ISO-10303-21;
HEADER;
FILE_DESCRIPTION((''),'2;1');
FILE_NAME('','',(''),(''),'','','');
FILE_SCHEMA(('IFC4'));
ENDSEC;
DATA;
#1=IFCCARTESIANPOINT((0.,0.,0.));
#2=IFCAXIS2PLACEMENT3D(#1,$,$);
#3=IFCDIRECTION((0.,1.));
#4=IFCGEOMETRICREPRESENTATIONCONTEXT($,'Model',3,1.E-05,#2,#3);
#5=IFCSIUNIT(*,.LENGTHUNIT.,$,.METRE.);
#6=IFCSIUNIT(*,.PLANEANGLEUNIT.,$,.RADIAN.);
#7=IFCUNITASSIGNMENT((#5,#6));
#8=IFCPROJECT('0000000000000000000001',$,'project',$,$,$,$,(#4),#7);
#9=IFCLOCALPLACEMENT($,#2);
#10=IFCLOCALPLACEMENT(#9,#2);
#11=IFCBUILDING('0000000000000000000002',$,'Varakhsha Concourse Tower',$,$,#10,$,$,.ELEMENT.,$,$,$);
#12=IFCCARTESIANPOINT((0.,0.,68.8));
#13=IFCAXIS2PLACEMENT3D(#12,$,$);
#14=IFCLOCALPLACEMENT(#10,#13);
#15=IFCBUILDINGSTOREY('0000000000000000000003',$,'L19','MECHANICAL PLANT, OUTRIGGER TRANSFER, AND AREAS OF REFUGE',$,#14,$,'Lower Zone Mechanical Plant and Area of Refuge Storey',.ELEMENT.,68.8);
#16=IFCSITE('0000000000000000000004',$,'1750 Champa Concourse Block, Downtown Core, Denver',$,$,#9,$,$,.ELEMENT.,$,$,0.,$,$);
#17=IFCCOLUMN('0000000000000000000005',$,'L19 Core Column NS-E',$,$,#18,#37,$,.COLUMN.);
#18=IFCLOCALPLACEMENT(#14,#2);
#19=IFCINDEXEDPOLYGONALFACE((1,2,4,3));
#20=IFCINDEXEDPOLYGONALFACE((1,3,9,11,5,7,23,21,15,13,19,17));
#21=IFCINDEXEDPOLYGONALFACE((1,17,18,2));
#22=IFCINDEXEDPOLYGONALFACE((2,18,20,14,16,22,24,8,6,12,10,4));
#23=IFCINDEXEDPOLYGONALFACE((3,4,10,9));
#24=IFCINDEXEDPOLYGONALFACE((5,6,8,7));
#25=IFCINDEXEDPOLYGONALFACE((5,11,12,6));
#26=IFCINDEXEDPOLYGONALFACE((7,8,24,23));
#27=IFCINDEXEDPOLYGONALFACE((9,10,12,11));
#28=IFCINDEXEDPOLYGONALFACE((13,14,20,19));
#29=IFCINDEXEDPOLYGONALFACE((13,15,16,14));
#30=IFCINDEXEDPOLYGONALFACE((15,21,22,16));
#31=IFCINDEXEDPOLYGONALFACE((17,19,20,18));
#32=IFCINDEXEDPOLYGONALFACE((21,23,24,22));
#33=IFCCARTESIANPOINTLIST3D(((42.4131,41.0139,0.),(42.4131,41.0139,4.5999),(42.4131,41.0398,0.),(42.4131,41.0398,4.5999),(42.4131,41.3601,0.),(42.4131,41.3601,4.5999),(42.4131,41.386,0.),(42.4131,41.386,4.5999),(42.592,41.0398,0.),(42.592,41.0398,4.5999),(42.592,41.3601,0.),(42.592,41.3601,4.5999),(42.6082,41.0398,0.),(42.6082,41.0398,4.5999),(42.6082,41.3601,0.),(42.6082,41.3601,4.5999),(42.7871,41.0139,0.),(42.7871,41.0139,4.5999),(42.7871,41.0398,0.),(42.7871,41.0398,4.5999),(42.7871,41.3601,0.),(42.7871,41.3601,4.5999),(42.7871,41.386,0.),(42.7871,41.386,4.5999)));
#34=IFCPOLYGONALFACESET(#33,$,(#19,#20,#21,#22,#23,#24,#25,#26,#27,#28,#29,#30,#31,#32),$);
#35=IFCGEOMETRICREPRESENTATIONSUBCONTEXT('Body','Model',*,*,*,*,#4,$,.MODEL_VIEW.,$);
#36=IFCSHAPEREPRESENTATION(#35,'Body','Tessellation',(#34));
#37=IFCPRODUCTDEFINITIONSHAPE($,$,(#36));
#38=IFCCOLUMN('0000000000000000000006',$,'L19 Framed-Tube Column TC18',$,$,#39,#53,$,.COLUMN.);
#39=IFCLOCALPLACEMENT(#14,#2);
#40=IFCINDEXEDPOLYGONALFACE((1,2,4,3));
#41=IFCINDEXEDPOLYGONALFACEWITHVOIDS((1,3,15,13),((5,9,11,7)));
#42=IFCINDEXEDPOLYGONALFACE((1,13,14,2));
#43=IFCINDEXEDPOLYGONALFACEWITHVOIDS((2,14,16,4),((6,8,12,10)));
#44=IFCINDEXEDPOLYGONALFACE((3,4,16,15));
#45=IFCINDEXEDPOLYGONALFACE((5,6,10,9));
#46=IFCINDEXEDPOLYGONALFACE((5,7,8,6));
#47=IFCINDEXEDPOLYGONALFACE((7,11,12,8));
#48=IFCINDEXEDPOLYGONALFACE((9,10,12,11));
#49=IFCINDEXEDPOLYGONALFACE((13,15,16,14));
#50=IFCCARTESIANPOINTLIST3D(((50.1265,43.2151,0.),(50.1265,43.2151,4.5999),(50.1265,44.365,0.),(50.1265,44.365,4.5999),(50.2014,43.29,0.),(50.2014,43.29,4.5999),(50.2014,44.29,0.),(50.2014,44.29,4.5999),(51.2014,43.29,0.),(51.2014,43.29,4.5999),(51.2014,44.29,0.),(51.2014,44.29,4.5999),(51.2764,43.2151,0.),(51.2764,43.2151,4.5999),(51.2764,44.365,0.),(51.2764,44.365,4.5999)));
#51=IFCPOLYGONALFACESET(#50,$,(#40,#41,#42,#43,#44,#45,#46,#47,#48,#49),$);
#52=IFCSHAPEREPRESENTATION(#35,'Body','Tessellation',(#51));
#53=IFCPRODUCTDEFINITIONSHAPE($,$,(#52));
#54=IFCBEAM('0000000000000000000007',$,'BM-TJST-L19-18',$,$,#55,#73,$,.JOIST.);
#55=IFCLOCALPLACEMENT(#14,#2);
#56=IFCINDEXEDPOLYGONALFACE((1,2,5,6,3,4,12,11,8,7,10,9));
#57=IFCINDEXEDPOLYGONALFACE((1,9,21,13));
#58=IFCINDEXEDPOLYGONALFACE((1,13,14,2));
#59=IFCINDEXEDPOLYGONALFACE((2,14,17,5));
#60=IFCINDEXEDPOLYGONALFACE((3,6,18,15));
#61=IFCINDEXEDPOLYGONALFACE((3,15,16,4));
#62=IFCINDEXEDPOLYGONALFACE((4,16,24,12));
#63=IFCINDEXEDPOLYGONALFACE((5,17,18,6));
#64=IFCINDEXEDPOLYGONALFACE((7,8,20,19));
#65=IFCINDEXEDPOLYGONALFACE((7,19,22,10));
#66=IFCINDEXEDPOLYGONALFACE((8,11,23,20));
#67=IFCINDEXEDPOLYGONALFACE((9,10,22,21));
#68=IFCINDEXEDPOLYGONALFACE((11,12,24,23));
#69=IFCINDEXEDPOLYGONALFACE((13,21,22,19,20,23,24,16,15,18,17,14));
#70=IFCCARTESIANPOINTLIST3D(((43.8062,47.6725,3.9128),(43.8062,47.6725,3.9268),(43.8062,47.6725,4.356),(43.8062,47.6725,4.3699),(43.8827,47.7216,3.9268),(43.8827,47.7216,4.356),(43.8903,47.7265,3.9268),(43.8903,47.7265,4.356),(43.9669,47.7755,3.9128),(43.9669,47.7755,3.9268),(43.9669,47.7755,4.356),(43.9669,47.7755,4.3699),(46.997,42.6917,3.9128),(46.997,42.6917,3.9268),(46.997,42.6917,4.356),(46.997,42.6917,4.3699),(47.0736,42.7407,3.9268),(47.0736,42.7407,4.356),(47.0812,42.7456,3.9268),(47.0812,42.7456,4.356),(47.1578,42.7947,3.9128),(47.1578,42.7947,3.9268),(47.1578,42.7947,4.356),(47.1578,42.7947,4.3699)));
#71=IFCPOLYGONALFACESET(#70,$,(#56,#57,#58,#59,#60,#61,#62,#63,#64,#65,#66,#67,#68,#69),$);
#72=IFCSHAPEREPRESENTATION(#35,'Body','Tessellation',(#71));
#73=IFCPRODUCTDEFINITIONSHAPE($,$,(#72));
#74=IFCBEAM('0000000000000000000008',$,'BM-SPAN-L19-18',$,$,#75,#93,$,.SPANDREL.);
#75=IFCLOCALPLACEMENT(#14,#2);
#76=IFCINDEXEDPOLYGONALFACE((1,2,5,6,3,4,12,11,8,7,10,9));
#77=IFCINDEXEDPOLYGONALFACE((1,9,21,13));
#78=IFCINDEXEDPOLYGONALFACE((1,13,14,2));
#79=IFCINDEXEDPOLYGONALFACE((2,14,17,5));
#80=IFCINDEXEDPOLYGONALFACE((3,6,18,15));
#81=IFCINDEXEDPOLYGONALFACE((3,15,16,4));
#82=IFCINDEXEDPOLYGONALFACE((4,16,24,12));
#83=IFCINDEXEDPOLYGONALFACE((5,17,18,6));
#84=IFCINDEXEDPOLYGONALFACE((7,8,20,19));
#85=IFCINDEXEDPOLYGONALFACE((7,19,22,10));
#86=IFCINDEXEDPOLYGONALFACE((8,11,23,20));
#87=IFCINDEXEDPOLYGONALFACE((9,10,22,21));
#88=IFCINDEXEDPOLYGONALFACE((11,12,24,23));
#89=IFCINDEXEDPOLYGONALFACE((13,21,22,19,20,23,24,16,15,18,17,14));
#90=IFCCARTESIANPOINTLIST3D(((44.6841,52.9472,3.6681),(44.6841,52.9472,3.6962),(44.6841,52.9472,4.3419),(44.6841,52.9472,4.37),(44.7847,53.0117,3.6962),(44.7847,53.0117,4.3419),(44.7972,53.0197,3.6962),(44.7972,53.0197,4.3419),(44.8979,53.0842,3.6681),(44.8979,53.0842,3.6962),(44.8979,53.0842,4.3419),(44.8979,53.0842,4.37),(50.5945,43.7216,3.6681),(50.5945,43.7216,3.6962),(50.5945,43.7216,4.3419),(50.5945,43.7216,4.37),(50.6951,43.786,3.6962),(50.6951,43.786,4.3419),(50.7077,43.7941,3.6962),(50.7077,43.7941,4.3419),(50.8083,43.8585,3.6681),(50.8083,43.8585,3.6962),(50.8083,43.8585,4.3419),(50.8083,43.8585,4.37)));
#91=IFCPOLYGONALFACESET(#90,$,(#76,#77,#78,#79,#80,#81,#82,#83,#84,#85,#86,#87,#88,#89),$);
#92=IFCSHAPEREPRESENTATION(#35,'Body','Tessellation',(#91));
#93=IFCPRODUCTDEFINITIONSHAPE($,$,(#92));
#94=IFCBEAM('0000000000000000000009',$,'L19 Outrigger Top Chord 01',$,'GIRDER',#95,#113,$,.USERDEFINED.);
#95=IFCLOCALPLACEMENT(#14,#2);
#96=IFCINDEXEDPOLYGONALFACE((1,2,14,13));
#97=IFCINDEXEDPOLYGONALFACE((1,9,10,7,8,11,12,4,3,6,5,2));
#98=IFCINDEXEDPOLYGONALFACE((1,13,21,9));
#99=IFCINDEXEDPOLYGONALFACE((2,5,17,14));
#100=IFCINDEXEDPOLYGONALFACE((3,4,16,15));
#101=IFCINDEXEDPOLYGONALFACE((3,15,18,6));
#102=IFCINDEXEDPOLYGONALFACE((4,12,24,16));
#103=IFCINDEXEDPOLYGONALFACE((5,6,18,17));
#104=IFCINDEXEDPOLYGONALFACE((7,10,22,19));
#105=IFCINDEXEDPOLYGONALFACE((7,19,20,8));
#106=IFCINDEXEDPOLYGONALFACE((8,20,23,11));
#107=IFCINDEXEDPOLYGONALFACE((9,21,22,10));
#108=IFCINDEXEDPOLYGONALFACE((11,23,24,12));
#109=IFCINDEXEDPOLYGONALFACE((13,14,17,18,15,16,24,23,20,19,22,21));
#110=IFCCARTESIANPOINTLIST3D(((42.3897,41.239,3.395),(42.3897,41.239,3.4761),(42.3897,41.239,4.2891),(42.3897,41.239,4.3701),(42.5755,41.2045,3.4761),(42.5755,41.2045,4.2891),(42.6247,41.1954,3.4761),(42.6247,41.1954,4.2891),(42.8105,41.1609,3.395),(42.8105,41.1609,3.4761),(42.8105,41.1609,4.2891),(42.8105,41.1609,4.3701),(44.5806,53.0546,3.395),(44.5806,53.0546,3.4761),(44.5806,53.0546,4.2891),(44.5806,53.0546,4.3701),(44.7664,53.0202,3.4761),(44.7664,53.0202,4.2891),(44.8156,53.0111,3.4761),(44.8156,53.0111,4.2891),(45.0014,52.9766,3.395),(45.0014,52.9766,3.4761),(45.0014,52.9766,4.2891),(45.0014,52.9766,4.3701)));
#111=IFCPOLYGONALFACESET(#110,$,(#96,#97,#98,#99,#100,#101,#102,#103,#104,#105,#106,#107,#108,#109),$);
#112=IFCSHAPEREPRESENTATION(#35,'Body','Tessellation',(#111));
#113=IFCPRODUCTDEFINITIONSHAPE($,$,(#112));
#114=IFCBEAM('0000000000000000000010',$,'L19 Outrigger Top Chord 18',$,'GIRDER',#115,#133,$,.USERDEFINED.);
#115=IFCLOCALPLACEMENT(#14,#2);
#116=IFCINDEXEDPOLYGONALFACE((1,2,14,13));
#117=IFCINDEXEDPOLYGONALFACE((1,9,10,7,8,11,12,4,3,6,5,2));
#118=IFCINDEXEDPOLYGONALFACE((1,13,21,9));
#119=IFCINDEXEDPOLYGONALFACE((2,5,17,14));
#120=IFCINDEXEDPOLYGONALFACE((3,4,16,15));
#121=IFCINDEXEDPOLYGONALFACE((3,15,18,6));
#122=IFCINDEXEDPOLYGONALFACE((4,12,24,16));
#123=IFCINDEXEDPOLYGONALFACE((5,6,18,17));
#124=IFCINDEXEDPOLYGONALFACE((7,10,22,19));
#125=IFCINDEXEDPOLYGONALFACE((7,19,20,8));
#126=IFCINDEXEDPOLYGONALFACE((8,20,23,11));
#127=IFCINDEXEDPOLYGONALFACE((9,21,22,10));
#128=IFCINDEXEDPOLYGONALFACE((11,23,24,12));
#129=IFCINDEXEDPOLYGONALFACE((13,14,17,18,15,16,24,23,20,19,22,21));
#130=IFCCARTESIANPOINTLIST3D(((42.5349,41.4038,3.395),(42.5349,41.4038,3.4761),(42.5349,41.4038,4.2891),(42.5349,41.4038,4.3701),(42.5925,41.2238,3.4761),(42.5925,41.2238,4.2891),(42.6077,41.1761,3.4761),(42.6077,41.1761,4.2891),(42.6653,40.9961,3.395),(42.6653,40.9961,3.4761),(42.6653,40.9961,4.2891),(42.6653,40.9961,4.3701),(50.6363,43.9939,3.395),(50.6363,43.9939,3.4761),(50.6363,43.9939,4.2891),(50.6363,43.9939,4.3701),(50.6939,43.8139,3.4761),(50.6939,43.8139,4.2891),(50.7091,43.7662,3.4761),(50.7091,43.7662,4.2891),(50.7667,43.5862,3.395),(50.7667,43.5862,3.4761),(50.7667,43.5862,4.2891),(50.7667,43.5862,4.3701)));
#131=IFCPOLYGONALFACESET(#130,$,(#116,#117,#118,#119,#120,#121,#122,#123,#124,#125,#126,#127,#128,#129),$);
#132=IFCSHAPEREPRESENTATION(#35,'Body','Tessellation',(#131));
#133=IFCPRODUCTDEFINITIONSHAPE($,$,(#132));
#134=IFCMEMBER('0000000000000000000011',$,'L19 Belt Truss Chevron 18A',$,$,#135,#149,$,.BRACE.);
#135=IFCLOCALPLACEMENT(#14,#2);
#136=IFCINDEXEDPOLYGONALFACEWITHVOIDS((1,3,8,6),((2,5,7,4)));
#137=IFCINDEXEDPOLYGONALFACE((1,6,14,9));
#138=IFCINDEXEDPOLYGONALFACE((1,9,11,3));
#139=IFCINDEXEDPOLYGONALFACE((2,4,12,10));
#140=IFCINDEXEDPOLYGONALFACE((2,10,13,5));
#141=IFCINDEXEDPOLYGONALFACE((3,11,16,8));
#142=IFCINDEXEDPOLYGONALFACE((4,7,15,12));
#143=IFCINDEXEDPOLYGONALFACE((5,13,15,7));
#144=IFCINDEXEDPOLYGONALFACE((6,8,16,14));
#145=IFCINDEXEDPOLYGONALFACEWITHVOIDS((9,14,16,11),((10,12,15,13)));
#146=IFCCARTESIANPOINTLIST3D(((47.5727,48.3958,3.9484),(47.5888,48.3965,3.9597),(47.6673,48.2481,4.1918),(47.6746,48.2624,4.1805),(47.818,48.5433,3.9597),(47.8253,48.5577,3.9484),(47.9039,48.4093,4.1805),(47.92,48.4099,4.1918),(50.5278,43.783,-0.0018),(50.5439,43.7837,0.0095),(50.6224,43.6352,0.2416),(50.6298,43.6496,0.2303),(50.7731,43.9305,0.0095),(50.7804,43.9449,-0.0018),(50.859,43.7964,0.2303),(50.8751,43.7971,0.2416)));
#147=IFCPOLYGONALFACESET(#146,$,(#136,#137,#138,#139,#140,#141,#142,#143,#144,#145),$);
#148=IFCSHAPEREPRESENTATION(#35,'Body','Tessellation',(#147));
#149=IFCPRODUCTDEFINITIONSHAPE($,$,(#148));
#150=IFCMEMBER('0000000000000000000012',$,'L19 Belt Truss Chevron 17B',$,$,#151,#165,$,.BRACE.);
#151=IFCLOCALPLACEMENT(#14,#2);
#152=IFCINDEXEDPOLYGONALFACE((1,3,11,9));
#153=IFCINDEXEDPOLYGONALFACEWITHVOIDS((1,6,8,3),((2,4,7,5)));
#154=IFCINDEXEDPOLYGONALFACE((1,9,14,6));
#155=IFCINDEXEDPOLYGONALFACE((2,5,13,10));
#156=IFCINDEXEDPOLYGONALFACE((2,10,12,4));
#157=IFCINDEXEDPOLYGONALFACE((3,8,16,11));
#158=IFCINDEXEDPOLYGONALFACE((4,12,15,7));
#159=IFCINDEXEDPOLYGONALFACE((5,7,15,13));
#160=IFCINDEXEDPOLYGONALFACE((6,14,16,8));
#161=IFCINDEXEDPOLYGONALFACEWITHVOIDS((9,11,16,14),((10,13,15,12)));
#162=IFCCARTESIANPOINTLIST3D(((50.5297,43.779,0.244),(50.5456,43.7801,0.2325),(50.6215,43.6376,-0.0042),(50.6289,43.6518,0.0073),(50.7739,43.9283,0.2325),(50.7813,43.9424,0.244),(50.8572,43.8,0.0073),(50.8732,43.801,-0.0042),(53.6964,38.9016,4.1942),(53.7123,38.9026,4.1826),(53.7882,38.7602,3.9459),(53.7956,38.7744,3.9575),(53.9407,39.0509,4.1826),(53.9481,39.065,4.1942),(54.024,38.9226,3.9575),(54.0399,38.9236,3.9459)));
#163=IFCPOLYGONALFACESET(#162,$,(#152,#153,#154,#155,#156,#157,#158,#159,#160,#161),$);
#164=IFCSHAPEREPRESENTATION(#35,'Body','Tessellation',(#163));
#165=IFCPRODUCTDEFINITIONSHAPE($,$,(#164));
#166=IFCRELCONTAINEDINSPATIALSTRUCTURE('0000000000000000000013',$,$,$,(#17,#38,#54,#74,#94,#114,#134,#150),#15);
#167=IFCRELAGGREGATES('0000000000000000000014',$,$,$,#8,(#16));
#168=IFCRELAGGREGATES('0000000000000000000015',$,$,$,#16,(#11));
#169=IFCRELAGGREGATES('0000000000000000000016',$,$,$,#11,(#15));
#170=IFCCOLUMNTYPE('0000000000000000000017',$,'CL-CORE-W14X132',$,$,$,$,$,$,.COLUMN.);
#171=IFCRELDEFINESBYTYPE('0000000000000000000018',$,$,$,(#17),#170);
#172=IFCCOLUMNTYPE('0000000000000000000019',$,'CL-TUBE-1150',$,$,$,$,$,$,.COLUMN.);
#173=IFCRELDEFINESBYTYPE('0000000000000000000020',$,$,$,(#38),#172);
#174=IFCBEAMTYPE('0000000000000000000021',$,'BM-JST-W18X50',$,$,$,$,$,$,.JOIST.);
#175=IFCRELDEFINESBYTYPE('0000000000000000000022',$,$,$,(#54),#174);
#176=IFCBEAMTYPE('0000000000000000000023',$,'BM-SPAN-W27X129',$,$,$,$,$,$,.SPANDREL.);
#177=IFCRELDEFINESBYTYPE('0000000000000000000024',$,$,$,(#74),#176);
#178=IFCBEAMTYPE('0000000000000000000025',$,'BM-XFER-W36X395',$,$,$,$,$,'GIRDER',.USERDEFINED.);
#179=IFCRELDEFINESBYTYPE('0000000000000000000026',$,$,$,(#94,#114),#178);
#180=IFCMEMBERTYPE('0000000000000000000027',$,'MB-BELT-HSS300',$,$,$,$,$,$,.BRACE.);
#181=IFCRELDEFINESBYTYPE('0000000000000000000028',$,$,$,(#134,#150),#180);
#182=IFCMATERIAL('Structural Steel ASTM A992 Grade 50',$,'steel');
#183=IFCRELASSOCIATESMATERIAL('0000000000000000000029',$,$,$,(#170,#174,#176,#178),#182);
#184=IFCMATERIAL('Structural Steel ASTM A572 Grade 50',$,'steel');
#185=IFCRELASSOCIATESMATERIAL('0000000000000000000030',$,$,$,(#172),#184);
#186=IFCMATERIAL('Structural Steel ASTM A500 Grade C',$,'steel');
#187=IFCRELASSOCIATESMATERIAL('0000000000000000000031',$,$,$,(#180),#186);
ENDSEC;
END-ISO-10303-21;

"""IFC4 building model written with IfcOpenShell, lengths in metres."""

from ifc_helpers import new_model, si_unit, direction, frame, origin, origin_2d, place, context, subcontext, project, spatial, hollow_rectangle, i_section, extrude, source, transform, mapped, material, material_profile, profile_set, type_object, type_shapes, element, save


model = new_model("IFC4")

# Units and contexts
model_context = context("Model", 3, precision=1e-05, world=origin(), true_north=direction((0.0, 1.0)))
body_context = subcontext(model_context, "Body", "Model", "MODEL_VIEW")
ifc_project = project(units=[si_unit("LENGTHUNIT", "METRE"), si_unit("PLANEANGLEUNIT", "RADIAN")], contexts=[model_context])

# Site, building, storey
site_placement = place(None, origin())
site = spatial("IfcSite", under=ifc_project, at=site_placement, Name="1750 Champa Concourse Block, Downtown Core, Denver", CompositionType="ELEMENT", RefElevation=0.0)
building_placement = place(site_placement, origin())
building = spatial("IfcBuilding", under=site, at=building_placement, Name="Varakhsha Concourse Tower", CompositionType="ELEMENT")
storey_placement = place(building_placement, frame((0.0, 0.0, 68.8)))
storey = spatial("IfcBuildingStorey", under=building, at=storey_placement, Name="L19", Description="MECHANICAL PLANT, OUTRIGGER TRANSFER, AND AREAS OF REFUGE", LongName="Lower Zone Mechanical Plant and Area of Refuge Storey", CompositionType="ELEMENT", Elevation=68.8)

# Columns
ifc_material_1 = material(Name="Structural Steel ASTM A992 Grade 50", Category="steel")
ifc_material_profile_1 = material_profile(ifc_material_1, i_section(OverallWidth=0.374, OverallDepth=0.3721, WebThickness=0.0161, FlangeThickness=0.0259, at=origin_2d()), Name="W14X132")
ifc_profile_set_1 = profile_set([ifc_material_profile_1], Name="Structural Steel ASTM A992 Grade 50")
column_type_1 = type_object("IfcColumnType", Name="CL-CORE-W14X132", PredefinedType="COLUMN", material=ifc_profile_set_1)
column_1_placement = place(storey_placement, frame((42.6001, 41.2, 0.0), z_axis=(0.0, 0.0, 1.0), x_axis=(1.0, 0.0, 0.0)))
element("IfcColumn", 1, at=column_1_placement, inside=storey, type_object=column_type_1, Name="L19 Core Column NS-E", PredefinedType="COLUMN", context=body_context, shape_type="SweptSolid", body=[
    extrude(i_section(OverallWidth=0.374, OverallDepth=0.3721, WebThickness=0.0161, FlangeThickness=0.0259, at=origin_2d()), origin(), (0.0, 0.0, 1.0), 4.5999),
])
ifc_material_2 = material(Name="Structural Steel ASTM A572 Grade 50", Category="steel")
ifc_material_profile_2 = material_profile(ifc_material_2, hollow_rectangle(XDim=1.1499, YDim=1.1499, WallThickness=0.075, at=origin_2d()), Name="BOX 1150x1150x75")
ifc_profile_set_2 = profile_set([ifc_material_profile_2], Name="Structural Steel ASTM A572 Grade 50")
column_type_2 = type_object("IfcColumnType", Name="CL-TUBE-1150", PredefinedType="COLUMN", material=ifc_profile_set_2)
column_2_placement = place(storey_placement, frame((50.7014, 43.79, 0.0), z_axis=(0.0, 0.0, 1.0), x_axis=(1.0, 0.0, 0.0)))
element("IfcColumn", 2, at=column_2_placement, inside=storey, type_object=column_type_2, Name="L19 Framed-Tube Column TC18", PredefinedType="COLUMN", context=body_context, shape_type="SweptSolid", body=[
    extrude(hollow_rectangle(XDim=1.1499, YDim=1.1499, WallThickness=0.075, at=origin_2d()), origin(), (0.0, 0.0, 1.0), 4.5999),
])

# Beams
ifc_material_profile_3 = material_profile(ifc_material_1, i_section(OverallWidth=0.1909, OverallDepth=0.457, WebThickness=0.009, FlangeThickness=0.0139, at=origin_2d()), Name="W18X50")
ifc_profile_set_3 = profile_set([ifc_material_profile_3], Name="Structural Steel ASTM A992 Grade 50")
beam_type_1 = type_object("IfcBeamType", Name="BM-JST-W18X50", PredefinedType="JOIST", material=ifc_profile_set_3)
beam_1_placement = place(storey_placement, frame((47.0774, 42.7432, 4.1414), z_axis=(-0.539426, 0.842033, 0.0), x_axis=(-0.842033, -0.539426, 0.0)))
element("IfcBeam", 3, at=beam_1_placement, inside=storey, type_object=beam_type_1, Name="BM-TJST-L19-18", PredefinedType="JOIST", context=body_context, shape_type="SweptSolid", body=[
    extrude(i_section(OverallWidth=0.1909, OverallDepth=0.457, WebThickness=0.009, FlangeThickness=0.0139, at=origin_2d()), origin(), (0.0, 0.0, 1.0), 5.9153),
])
ifc_material_profile_4 = material_profile(ifc_material_1, i_section(OverallWidth=0.2539, OverallDepth=0.7019, WebThickness=0.0149, FlangeThickness=0.0281, at=origin_2d()), Name="W27X129")
ifc_profile_set_4 = profile_set([ifc_material_profile_4], Name="Structural Steel ASTM A992 Grade 50")
beam_type_2 = type_object("IfcBeamType", Name="BM-SPAN-W27X129", PredefinedType="SPANDREL", material=ifc_profile_set_4)
beam_2_placement = place(storey_placement, frame((50.7014, 43.79, 4.019), z_axis=(-0.539444, 0.842022, 0.0), x_axis=(-0.842022, -0.539444, 0.0)))
element("IfcBeam", 4, at=beam_2_placement, inside=storey, type_object=beam_type_2, Name="BM-SPAN-L19-18", PredefinedType="SPANDREL", context=body_context, shape_type="SweptSolid", body=[
    extrude(i_section(OverallWidth=0.2539, OverallDepth=0.7019, WebThickness=0.0149, FlangeThickness=0.0281, at=origin_2d()), origin(), (0.0, 0.0, 1.0), 10.9565),
])
ifc_material_profile_5 = material_profile(ifc_material_1, i_section(OverallWidth=0.428, OverallDepth=0.9751, WebThickness=0.05, FlangeThickness=0.0811, at=origin_2d()), Name="W36X395")
ifc_profile_set_5 = profile_set([ifc_material_profile_5], Name="Structural Steel ASTM A992 Grade 50")
beam_type_3 = type_object("IfcBeamType", Name="BM-XFER-W36X395", ElementType="GIRDER", PredefinedType="USERDEFINED", material=ifc_profile_set_5)
beam_3_placement = place(storey_placement, frame((42.6001, 41.2, 3.8826), z_axis=(0.182317, 0.98324, 0.0), x_axis=(-0.98324, 0.182317, 0.0)))
element("IfcBeam", 5, at=beam_3_placement, inside=storey, type_object=beam_type_3, Name="L19 Outrigger Top Chord 01", ObjectType="GIRDER", PredefinedType="USERDEFINED", context=body_context, shape_type="SweptSolid", body=[
    extrude(i_section(OverallWidth=0.428, OverallDepth=0.9751, WebThickness=0.05, FlangeThickness=0.0811, at=origin_2d()), origin(), (0.0, 0.0, 1.0), 12.0171),
])
beam_4_placement = place(storey_placement, frame((42.6001, 41.2, 3.8826), z_axis=(0.952504, 0.304527, 0.0), x_axis=(-0.304527, 0.952504, 0.0)))
element("IfcBeam", 6, at=beam_4_placement, inside=storey, type_object=beam_type_3, Name="L19 Outrigger Top Chord 18", ObjectType="GIRDER", PredefinedType="USERDEFINED", context=body_context, shape_type="SweptSolid", body=[
    extrude(i_section(OverallWidth=0.428, OverallDepth=0.9751, WebThickness=0.05, FlangeThickness=0.0811, at=origin_2d()), origin(), (0.0, 0.0, 1.0), 8.5054),
])

# Members
ifc_material_3 = material(Name="Structural Steel ASTM A500 Grade C", Category="steel")
ifc_material_profile_6 = material_profile(ifc_material_3, hollow_rectangle(XDim=0.3, YDim=0.3, WallThickness=0.0139, at=origin_2d()), Name="HSS 300x300x14")
ifc_profile_set_6 = profile_set([ifc_material_profile_6], Name="Structural Steel ASTM A500 Grade C")
member_type_1 = type_object("IfcMemberType", Name="MB-BELT-HSS300", PredefinedType="BRACE", material=ifc_profile_set_6)
shared_shape_1 = source(origin(), body_context, "Body", "SweptSolid", [
    extrude(hollow_rectangle(XDim=0.3, YDim=0.3, WallThickness=0.0139, at=origin_2d()), origin(), (0.0, 0.0, 1.0), 6.7539),
])
member_1_placement = place(storey_placement, frame((50.7014, 43.79, 0.1199), z_axis=(-0.43754, 0.682988, 0.584881), x_axis=(-0.842032, -0.539428, 0.0)))
element("IfcMember", 7, at=member_1_placement, inside=storey, type_object=member_type_1, Name="L19 Belt Truss Chevron 18A", PredefinedType="BRACE", context=body_context, shape_type="MappedRepresentation", body=[
    mapped(shared_shape_1, transform((0.0, 0.0, 0.0), scale=1.0)),
])
shared_shape_2 = source(origin(), body_context, "Body", "SweptSolid", [
    extrude(hollow_rectangle(XDim=0.3, YDim=0.3, WallThickness=0.0139, at=origin_2d()), origin(), (0.0, 0.0, 1.0), 7.03),
])
type_shapes(member_type_1, [shared_shape_1, shared_shape_2])
member_2_placement = place(storey_placement, frame((50.7014, 43.79, 0.1199), z_axis=(0.450458, -0.693798, 0.5619), x_axis=(0.838726, 0.544554, 0.0)))
element("IfcMember", 8, at=member_2_placement, inside=storey, type_object=member_type_1, Name="L19 Belt Truss Chevron 17B", PredefinedType="BRACE", context=body_context, shape_type="MappedRepresentation", body=[
    mapped(shared_shape_2, transform((0.0, 0.0, 0.0), scale=1.0)),
])

save(model, "model.ifc")
